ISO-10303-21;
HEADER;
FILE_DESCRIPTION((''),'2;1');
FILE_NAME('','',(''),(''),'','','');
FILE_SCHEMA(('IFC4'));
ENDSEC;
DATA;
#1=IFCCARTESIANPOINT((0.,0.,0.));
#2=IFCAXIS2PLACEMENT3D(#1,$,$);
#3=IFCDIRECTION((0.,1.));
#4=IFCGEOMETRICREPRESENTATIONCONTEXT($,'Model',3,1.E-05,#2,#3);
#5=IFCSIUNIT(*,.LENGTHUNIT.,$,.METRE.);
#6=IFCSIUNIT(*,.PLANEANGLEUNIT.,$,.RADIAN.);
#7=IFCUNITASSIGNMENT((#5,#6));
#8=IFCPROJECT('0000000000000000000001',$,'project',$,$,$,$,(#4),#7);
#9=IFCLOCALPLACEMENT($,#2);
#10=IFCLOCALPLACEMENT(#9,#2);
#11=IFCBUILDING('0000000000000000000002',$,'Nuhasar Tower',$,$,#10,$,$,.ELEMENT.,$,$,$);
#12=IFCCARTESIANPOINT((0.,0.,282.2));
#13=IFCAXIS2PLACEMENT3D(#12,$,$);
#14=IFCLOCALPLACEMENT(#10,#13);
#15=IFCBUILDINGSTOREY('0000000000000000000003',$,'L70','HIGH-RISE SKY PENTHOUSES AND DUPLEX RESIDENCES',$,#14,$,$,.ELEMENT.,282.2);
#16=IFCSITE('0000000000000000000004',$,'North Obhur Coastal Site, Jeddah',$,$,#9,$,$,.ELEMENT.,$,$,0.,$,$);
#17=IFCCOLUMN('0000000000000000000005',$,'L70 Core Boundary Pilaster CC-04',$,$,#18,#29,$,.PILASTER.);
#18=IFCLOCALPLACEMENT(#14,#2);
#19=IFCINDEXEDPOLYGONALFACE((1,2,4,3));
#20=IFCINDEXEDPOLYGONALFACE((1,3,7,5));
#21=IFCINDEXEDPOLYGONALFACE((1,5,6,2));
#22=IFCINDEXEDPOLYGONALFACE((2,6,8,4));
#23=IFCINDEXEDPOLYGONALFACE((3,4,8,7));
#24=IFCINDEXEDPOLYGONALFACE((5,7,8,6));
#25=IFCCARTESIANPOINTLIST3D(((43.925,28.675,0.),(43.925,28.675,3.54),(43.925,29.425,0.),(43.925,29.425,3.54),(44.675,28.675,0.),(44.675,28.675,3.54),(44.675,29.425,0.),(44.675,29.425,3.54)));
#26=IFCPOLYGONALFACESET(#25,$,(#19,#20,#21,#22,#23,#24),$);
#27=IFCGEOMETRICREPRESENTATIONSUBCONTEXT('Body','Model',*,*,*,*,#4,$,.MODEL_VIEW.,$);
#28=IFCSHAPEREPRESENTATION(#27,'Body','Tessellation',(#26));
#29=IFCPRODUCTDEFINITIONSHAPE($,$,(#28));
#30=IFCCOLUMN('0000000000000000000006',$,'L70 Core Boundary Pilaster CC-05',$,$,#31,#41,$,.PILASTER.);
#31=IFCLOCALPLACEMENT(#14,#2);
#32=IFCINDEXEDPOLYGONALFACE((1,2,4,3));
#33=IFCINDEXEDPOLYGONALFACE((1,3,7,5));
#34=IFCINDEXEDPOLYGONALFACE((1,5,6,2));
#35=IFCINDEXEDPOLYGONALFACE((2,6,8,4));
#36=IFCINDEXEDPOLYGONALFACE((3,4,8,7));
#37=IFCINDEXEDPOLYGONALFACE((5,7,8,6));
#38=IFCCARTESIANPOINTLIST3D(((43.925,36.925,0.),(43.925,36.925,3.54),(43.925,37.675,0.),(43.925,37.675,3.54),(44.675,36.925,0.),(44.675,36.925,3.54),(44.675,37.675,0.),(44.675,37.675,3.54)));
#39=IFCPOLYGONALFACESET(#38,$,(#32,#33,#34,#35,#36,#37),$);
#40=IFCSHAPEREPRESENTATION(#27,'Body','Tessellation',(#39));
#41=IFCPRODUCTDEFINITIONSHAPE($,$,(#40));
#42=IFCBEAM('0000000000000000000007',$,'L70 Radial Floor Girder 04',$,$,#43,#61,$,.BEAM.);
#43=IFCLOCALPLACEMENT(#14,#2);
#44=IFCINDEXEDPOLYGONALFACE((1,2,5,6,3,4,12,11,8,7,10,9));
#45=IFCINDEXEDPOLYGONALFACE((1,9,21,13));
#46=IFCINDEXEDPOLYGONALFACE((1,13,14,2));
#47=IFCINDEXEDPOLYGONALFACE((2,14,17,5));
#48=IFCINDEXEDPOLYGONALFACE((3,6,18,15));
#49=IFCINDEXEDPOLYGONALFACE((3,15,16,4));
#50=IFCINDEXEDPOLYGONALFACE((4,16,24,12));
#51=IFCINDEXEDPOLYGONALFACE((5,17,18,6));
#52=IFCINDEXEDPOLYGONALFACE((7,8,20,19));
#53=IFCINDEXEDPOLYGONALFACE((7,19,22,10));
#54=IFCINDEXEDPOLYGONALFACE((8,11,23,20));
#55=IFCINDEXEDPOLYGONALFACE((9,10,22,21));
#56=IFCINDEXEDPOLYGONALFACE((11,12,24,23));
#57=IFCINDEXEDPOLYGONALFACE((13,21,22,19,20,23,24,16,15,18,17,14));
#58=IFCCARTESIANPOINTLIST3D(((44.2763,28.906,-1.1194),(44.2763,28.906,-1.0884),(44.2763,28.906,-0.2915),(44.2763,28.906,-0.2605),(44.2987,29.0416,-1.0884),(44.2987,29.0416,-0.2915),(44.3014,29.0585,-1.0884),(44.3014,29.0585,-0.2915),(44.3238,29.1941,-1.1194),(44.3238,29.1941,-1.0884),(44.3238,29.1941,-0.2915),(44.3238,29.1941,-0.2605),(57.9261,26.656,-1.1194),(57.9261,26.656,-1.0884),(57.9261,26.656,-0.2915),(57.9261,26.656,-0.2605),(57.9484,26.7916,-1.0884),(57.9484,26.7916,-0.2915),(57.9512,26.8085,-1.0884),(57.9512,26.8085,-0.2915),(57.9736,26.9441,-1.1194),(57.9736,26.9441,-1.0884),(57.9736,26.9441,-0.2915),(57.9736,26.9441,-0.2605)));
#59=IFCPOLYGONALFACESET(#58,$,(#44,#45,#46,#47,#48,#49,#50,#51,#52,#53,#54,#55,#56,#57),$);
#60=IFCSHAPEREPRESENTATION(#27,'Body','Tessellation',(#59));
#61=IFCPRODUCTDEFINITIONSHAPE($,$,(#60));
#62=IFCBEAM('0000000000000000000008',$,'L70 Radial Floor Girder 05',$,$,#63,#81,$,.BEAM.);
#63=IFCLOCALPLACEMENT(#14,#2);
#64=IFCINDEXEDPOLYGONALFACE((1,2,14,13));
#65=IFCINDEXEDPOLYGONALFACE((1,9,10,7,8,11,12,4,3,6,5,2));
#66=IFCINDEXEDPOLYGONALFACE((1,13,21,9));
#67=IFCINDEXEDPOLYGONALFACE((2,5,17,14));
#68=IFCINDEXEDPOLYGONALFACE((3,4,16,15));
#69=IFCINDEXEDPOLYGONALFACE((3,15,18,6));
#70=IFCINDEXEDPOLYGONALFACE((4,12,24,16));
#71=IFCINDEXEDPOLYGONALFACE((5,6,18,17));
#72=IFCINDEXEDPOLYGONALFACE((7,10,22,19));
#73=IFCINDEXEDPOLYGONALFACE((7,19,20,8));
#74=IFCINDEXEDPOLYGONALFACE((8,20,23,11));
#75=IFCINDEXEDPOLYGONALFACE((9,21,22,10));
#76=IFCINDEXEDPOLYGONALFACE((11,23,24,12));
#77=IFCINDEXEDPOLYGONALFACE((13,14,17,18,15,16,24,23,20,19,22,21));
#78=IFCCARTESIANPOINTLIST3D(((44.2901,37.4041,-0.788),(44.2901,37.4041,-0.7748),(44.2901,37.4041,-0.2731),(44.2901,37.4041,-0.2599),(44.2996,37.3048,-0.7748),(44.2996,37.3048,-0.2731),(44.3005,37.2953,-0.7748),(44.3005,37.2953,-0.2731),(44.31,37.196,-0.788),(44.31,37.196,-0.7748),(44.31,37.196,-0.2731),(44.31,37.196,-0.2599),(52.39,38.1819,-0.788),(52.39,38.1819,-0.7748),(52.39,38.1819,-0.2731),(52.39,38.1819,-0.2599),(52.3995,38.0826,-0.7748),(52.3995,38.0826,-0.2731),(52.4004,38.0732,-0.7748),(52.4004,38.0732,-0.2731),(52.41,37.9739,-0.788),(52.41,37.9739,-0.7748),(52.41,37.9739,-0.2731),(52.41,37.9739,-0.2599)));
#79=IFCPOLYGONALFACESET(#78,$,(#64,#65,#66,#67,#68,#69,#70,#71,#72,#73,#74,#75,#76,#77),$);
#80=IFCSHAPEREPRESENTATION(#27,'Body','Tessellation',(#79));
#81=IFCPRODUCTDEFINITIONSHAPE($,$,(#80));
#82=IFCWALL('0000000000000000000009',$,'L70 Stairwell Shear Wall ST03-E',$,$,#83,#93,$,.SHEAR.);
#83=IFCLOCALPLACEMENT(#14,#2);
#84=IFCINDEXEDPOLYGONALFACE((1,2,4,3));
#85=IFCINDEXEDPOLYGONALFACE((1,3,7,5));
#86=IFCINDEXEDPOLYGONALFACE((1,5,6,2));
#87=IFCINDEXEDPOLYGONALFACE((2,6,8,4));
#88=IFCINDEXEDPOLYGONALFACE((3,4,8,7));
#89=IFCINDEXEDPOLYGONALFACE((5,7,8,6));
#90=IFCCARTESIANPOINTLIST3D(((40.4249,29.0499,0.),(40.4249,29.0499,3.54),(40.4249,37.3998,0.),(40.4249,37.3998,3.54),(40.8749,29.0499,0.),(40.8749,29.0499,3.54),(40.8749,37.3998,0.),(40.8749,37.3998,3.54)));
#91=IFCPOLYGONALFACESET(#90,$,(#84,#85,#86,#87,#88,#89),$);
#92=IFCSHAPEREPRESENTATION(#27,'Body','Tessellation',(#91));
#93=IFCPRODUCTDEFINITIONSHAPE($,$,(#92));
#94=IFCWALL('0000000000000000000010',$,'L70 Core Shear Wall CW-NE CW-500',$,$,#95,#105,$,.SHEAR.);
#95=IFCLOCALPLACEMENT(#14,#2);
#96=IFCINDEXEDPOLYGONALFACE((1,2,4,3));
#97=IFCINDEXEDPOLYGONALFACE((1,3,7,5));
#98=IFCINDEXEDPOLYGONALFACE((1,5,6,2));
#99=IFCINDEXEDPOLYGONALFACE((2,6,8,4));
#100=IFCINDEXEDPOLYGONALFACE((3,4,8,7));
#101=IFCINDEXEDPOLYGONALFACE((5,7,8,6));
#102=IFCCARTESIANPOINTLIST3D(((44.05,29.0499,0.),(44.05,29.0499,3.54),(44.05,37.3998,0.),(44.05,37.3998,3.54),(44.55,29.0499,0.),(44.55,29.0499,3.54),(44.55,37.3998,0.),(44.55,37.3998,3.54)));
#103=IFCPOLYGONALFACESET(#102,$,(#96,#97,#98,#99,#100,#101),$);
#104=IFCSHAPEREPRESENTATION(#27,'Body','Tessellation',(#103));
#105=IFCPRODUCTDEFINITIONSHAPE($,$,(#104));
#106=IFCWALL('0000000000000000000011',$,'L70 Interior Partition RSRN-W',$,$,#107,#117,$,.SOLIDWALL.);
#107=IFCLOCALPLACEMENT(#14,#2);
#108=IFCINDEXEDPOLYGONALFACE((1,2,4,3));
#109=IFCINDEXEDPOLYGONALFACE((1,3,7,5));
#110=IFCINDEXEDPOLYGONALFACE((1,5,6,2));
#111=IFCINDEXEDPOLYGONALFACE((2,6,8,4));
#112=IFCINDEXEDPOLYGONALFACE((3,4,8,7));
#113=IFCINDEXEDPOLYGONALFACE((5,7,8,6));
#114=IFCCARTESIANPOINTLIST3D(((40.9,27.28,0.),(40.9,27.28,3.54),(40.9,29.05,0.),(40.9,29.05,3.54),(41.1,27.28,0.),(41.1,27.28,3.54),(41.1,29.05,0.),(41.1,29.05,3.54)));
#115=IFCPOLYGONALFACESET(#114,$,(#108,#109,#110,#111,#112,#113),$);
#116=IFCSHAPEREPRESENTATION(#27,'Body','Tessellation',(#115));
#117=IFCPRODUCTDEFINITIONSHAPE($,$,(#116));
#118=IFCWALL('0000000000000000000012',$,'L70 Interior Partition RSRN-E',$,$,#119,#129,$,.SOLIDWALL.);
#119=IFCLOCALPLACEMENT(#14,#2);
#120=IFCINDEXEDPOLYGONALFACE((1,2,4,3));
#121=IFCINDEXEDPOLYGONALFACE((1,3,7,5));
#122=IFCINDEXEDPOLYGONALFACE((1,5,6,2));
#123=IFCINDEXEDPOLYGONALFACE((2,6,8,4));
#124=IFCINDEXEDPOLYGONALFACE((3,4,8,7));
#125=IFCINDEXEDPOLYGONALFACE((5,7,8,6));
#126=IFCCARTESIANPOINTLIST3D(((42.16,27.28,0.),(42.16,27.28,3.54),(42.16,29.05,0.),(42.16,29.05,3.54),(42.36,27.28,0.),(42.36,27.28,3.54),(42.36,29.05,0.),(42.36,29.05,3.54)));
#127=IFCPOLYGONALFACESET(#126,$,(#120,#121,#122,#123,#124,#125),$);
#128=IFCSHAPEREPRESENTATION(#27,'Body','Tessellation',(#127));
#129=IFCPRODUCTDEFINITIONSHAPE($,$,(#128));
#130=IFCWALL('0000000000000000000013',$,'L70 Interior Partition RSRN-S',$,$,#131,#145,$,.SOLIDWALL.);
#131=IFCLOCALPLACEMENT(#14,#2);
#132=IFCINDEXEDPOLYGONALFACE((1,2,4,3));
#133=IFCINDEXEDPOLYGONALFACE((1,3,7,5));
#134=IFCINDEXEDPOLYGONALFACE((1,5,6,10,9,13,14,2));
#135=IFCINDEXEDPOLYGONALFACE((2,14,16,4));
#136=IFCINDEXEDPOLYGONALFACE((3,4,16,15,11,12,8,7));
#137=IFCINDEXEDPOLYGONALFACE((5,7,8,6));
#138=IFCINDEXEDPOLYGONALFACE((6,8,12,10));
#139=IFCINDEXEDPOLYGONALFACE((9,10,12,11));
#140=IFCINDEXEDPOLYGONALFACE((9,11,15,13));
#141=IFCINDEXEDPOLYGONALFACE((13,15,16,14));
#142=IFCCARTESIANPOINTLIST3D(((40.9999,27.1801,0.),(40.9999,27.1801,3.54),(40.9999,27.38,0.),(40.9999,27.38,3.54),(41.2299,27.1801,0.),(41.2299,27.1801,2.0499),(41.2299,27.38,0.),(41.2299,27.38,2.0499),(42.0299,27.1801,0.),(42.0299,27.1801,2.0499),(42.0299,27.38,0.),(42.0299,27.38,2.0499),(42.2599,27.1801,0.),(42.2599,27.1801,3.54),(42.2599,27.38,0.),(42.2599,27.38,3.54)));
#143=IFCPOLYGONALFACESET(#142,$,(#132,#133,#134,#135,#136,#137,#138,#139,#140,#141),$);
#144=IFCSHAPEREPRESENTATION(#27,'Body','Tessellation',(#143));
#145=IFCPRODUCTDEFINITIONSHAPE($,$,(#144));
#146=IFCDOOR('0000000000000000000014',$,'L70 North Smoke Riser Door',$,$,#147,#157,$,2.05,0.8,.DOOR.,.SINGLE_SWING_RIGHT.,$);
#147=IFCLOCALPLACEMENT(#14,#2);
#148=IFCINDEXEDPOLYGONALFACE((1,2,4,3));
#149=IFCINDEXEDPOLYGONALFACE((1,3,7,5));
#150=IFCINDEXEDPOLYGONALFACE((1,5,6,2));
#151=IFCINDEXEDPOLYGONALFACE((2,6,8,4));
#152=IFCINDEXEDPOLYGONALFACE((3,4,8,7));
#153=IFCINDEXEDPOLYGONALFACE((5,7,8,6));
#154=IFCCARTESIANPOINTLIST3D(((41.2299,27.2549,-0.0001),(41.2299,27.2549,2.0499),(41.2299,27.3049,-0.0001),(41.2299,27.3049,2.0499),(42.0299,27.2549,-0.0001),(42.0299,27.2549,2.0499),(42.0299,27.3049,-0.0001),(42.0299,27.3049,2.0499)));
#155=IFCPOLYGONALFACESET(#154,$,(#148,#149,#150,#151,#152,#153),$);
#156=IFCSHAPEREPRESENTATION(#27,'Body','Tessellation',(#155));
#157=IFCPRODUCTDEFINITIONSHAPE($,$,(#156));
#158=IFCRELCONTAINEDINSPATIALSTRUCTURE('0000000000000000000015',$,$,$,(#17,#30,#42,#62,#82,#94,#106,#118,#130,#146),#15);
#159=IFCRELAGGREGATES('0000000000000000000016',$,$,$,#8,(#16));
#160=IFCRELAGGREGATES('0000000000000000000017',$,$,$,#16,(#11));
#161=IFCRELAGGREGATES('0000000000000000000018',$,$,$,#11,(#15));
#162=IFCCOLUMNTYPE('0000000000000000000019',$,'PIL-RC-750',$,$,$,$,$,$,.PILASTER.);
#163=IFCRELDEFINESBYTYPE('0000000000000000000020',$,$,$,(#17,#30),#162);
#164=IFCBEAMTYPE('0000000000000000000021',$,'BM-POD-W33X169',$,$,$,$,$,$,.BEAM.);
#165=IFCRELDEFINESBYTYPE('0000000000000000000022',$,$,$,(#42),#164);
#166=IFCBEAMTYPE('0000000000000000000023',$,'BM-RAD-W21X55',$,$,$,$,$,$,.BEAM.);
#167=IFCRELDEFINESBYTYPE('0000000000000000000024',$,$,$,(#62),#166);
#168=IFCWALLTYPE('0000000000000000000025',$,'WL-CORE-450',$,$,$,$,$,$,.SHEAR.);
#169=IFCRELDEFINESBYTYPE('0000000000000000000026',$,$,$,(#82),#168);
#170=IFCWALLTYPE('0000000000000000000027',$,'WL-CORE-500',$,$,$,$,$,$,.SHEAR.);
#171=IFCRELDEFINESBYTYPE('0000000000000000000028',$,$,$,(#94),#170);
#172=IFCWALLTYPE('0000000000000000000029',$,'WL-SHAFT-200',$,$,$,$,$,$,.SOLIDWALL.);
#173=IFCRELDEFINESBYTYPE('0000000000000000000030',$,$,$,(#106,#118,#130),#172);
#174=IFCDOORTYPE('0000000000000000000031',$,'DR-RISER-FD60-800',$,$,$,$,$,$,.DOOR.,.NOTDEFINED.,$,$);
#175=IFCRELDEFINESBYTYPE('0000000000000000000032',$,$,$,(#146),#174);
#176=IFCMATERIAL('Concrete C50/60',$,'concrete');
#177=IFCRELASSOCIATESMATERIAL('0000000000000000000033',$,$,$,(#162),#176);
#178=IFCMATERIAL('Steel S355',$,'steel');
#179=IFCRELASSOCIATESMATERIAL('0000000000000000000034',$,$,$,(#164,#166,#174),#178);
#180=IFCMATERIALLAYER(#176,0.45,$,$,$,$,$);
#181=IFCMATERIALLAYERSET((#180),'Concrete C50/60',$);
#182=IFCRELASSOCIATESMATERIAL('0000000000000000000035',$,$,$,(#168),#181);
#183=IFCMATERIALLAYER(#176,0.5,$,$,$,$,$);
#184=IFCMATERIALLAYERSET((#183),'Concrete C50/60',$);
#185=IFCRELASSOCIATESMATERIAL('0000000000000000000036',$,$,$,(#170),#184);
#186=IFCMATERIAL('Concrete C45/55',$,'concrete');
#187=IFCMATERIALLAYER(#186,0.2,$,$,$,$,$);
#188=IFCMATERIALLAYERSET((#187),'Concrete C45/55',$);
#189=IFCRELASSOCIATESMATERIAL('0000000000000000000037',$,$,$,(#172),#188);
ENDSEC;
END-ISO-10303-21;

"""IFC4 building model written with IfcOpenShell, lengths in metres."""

from ifc_helpers import new_model, si_unit, direction, frame, frame_2d, origin, origin_2d, place, context, subcontext, project, spatial, rectangle, i_section, extrude, material, layer, layer_set, material_profile, profile_set, type_object, element, fill, save


model = new_model("IFC4")

# Units and contexts
model_context = context("Model", 3, precision=1e-05, world=origin(), true_north=direction((0.0, 1.0)))
body_context = subcontext(model_context, "Body", "Model", "MODEL_VIEW")
ifc_project = project(units=[si_unit("LENGTHUNIT", "METRE"), si_unit("PLANEANGLEUNIT", "RADIAN")], contexts=[model_context])

# Site, building, storey
site_placement = place(None, origin())
site = spatial("IfcSite", under=ifc_project, at=site_placement, Name="North Obhur Coastal Site, Jeddah", CompositionType="ELEMENT", RefElevation=0.0)
building_placement = place(site_placement, origin())
building = spatial("IfcBuilding", under=site, at=building_placement, Name="Nuhasar Tower", CompositionType="ELEMENT")
storey_placement = place(building_placement, frame((0.0, 0.0, 282.2)))
storey = spatial("IfcBuildingStorey", under=building, at=storey_placement, Name="L70", Description="HIGH-RISE SKY PENTHOUSES AND DUPLEX RESIDENCES", CompositionType="ELEMENT", Elevation=282.2)

# Columns
ifc_material_1 = material(Name="Concrete C50/60", Category="concrete")
ifc_material_profile_1 = material_profile(ifc_material_1, rectangle(XDim=0.75, YDim=0.75, at=origin_2d()), Name="RC750X750")
ifc_profile_set_1 = profile_set([ifc_material_profile_1], Name="Concrete C50/60")
column_type = type_object("IfcColumnType", Name="PIL-RC-750", PredefinedType="PILASTER", material=ifc_profile_set_1)
for number, where, z_axis, x_axis, name in (
    (1, (44.3, 29.05, 0.0), (0.0, 0.0, 1.0), (1.0, 0.0, 0.0), "L70 Core Boundary Pilaster CC-04"),
    (2, (44.3, 37.3, 0.0), (0.0, 0.0, 1.0), (1.0, 0.0, 0.0), "L70 Core Boundary Pilaster CC-05"),
):
    element("IfcColumn", number, at=place(storey_placement, frame(where, z_axis=z_axis, x_axis=x_axis)), inside=storey, type_object=column_type, Name=name, PredefinedType="PILASTER", context=body_context, shape_type="SweptSolid", body=[
        extrude(rectangle(XDim=0.75, YDim=0.75, at=origin_2d()), origin(), (0.0, 0.0, 1.0), 3.54),
    ])

# Beams
ifc_material_2 = material(Name="Steel S355", Category="steel")
ifc_material_profile_2 = material_profile(ifc_material_2, i_section(OverallWidth=0.292, OverallDepth=0.8589, WebThickness=0.0171, FlangeThickness=0.031, at=origin_2d()), Name="W33X169")
ifc_profile_set_2 = profile_set([ifc_material_profile_2], Name="Steel S355")
beam_type_1 = type_object("IfcBeamType", Name="BM-POD-W33X169", PredefinedType="BEAM", material=ifc_profile_set_2)
beam_1_placement = place(storey_placement, frame((44.3, 29.05, -0.6899), z_axis=(0.986685, -0.162642, 0.0), x_axis=(0.162642, 0.986685, 0.0)))
element("IfcBeam", 3, at=beam_1_placement, inside=storey, type_object=beam_type_1, Name="L70 Radial Floor Girder 04", PredefinedType="BEAM", context=body_context, shape_type="SweptSolid", body=[
    extrude(i_section(OverallWidth=0.292, OverallDepth=0.8589, WebThickness=0.0171, FlangeThickness=0.031, at=origin_2d()), origin(), (0.0, 0.0, 1.0), 13.834),
])
ifc_material_profile_3 = material_profile(ifc_material_2, i_section(OverallWidth=0.209, OverallDepth=0.5281, WebThickness=0.0095, FlangeThickness=0.0132, at=origin_2d()), Name="W21X55")
ifc_profile_set_3 = profile_set([ifc_material_profile_3], Name="Steel S355")
beam_type_2 = type_object("IfcBeamType", Name="BM-RAD-W21X55", PredefinedType="BEAM", material=ifc_profile_set_3)
beam_2_placement = place(storey_placement, frame((44.3, 37.3, -0.5239), z_axis=(0.995421, 0.095591, 0.0), x_axis=(-0.095591, 0.995421, 0.0)))
element("IfcBeam", 4, at=beam_2_placement, inside=storey, type_object=beam_type_2, Name="L70 Radial Floor Girder 05", PredefinedType="BEAM", context=body_context, shape_type="SweptSolid", body=[
    extrude(i_section(OverallWidth=0.209, OverallDepth=0.5281, WebThickness=0.0095, FlangeThickness=0.0132, at=origin_2d()), origin(), (0.0, 0.0, 1.0), 8.1372),
])

# Shared definitions
ifc_layer_1 = layer(ifc_material_1, 0.45)
ifc_layer_set_1 = layer_set([ifc_layer_1], Name="Concrete C50/60")
wall_type_1 = type_object("IfcWallType", Name="WL-CORE-450", PredefinedType="SHEAR", material=ifc_layer_set_1)

# Walls
wall_1_placement = place(storey_placement, frame((40.6499, 29.05, 0.0), z_axis=(0.0, 0.0, 1.0), x_axis=(0.0, 1.0, 0.0)))
element("IfcWall", 5, at=wall_1_placement, inside=storey, type_object=wall_type_1, Name="L70 Stairwell Shear Wall ST03-E", PredefinedType="SHEAR", context=body_context, shape_type="SweptSolid", body=[
    extrude(rectangle(XDim=8.3499, YDim=0.45, at=frame_2d((4.1748, 0.0))), origin(), (0.0, 0.0, 1.0), 3.54),
])
ifc_layer_2 = layer(ifc_material_1, 0.5)
ifc_layer_set_2 = layer_set([ifc_layer_2], Name="Concrete C50/60")
wall_type_2 = type_object("IfcWallType", Name="WL-CORE-500", PredefinedType="SHEAR", material=ifc_layer_set_2)
wall_2_placement = place(storey_placement, frame((44.3, 29.05, 0.0), z_axis=(0.0, 0.0, 1.0), x_axis=(0.0, 1.0, 0.0)))
element("IfcWall", 6, at=wall_2_placement, inside=storey, type_object=wall_type_2, Name="L70 Core Shear Wall CW-NE CW-500", PredefinedType="SHEAR", context=body_context, shape_type="SweptSolid", body=[
    extrude(rectangle(XDim=8.3499, YDim=0.5, at=frame_2d((4.1748, 0.0))), origin(), (0.0, 0.0, 1.0), 3.54),
])
ifc_material_3 = material(Name="Concrete C45/55", Category="concrete")
ifc_layer_3 = layer(ifc_material_3, 0.2)
ifc_layer_set_3 = layer_set([ifc_layer_3], Name="Concrete C45/55")
wall_type_3 = type_object("IfcWallType", Name="WL-SHAFT-200", PredefinedType="SOLIDWALL", material=ifc_layer_set_3)
for number, where, z_axis, x_axis, name in (
    (7, (41.0, 27.28, 0.0), (0.0, 0.0, 1.0), (0.0, 1.0, 0.0), "L70 Interior Partition RSRN-W"),
    (8, (42.26, 27.28, 0.0), (0.0, 0.0, 1.0), (0.0, 1.0, 0.0), "L70 Interior Partition RSRN-E"),
):
    element("IfcWall", number, at=place(storey_placement, frame(where, z_axis=z_axis, x_axis=x_axis)), inside=storey, type_object=wall_type_3, Name=name, PredefinedType="SOLIDWALL", context=body_context, shape_type="SweptSolid", body=[
        extrude(rectangle(XDim=1.77, YDim=0.2, at=frame_2d((0.885, 0.0))), origin(), (0.0, 0.0, 1.0), 3.54),
    ])

# Wall, opening, door
wall_3_placement = place(storey_placement, frame((41.0, 27.28, 0.0), z_axis=(0.0, 0.0, 1.0), x_axis=(1.0, 0.0, 0.0)))
wall_3 = element("IfcWall", 9, at=wall_3_placement, inside=storey, type_object=wall_type_3, Name="L70 Interior Partition RSRN-S", PredefinedType="SOLIDWALL", context=body_context, shape_type="SweptSolid", body=[
    extrude(rectangle(XDim=1.26, YDim=0.2, at=frame_2d((0.6299, 0.0))), origin(), (0.0, 0.0, 1.0), 3.54),
])
opening_1_placement = place(wall_3_placement, frame((0.23, 0.0, 0.0)))
opening_1 = element("IfcOpeningElement", 10, at=opening_1_placement, cuts=wall_3, PredefinedType="OPENING", context=body_context, shape_type="SweptSolid", body=[
    extrude(rectangle(XDim=0.8, YDim=2.05, at=frame_2d((0.3999, 1.0249))), frame((0.0, 0.1099, 0.0), z_axis=(0.0, -1.0, 0.0), x_axis=(1.0, 0.0, 0.0)), (0.0, 0.0, 1.0), 0.22),
])
door_type_1 = type_object("IfcDoorType", Name="DR-RISER-FD60-800", OperationType="NOTDEFINED", PredefinedType="DOOR", material=ifc_material_2)
door_1_placement = place(opening_1_placement, origin())
door_1 = element("IfcDoor", 11, at=door_1_placement, inside=storey, type_object=door_type_1, Name="L70 North Smoke Riser Door", OperationType="SINGLE_SWING_RIGHT", OverallHeight=2.05, OverallWidth=0.8, PredefinedType="DOOR", context=body_context, shape_type="SweptSolid", body=[
    extrude(rectangle(XDim=0.8, YDim=2.05, at=frame_2d((0.3999, 1.0249))), frame((0.0, 0.0249, 0.0), z_axis=(0.0, -1.0, 0.0), x_axis=(1.0, 0.0, 0.0)), (0.0, 0.0, 1.0), 0.05),
])
fill(opening_1, door_1)

save(model, "model.ifc")
